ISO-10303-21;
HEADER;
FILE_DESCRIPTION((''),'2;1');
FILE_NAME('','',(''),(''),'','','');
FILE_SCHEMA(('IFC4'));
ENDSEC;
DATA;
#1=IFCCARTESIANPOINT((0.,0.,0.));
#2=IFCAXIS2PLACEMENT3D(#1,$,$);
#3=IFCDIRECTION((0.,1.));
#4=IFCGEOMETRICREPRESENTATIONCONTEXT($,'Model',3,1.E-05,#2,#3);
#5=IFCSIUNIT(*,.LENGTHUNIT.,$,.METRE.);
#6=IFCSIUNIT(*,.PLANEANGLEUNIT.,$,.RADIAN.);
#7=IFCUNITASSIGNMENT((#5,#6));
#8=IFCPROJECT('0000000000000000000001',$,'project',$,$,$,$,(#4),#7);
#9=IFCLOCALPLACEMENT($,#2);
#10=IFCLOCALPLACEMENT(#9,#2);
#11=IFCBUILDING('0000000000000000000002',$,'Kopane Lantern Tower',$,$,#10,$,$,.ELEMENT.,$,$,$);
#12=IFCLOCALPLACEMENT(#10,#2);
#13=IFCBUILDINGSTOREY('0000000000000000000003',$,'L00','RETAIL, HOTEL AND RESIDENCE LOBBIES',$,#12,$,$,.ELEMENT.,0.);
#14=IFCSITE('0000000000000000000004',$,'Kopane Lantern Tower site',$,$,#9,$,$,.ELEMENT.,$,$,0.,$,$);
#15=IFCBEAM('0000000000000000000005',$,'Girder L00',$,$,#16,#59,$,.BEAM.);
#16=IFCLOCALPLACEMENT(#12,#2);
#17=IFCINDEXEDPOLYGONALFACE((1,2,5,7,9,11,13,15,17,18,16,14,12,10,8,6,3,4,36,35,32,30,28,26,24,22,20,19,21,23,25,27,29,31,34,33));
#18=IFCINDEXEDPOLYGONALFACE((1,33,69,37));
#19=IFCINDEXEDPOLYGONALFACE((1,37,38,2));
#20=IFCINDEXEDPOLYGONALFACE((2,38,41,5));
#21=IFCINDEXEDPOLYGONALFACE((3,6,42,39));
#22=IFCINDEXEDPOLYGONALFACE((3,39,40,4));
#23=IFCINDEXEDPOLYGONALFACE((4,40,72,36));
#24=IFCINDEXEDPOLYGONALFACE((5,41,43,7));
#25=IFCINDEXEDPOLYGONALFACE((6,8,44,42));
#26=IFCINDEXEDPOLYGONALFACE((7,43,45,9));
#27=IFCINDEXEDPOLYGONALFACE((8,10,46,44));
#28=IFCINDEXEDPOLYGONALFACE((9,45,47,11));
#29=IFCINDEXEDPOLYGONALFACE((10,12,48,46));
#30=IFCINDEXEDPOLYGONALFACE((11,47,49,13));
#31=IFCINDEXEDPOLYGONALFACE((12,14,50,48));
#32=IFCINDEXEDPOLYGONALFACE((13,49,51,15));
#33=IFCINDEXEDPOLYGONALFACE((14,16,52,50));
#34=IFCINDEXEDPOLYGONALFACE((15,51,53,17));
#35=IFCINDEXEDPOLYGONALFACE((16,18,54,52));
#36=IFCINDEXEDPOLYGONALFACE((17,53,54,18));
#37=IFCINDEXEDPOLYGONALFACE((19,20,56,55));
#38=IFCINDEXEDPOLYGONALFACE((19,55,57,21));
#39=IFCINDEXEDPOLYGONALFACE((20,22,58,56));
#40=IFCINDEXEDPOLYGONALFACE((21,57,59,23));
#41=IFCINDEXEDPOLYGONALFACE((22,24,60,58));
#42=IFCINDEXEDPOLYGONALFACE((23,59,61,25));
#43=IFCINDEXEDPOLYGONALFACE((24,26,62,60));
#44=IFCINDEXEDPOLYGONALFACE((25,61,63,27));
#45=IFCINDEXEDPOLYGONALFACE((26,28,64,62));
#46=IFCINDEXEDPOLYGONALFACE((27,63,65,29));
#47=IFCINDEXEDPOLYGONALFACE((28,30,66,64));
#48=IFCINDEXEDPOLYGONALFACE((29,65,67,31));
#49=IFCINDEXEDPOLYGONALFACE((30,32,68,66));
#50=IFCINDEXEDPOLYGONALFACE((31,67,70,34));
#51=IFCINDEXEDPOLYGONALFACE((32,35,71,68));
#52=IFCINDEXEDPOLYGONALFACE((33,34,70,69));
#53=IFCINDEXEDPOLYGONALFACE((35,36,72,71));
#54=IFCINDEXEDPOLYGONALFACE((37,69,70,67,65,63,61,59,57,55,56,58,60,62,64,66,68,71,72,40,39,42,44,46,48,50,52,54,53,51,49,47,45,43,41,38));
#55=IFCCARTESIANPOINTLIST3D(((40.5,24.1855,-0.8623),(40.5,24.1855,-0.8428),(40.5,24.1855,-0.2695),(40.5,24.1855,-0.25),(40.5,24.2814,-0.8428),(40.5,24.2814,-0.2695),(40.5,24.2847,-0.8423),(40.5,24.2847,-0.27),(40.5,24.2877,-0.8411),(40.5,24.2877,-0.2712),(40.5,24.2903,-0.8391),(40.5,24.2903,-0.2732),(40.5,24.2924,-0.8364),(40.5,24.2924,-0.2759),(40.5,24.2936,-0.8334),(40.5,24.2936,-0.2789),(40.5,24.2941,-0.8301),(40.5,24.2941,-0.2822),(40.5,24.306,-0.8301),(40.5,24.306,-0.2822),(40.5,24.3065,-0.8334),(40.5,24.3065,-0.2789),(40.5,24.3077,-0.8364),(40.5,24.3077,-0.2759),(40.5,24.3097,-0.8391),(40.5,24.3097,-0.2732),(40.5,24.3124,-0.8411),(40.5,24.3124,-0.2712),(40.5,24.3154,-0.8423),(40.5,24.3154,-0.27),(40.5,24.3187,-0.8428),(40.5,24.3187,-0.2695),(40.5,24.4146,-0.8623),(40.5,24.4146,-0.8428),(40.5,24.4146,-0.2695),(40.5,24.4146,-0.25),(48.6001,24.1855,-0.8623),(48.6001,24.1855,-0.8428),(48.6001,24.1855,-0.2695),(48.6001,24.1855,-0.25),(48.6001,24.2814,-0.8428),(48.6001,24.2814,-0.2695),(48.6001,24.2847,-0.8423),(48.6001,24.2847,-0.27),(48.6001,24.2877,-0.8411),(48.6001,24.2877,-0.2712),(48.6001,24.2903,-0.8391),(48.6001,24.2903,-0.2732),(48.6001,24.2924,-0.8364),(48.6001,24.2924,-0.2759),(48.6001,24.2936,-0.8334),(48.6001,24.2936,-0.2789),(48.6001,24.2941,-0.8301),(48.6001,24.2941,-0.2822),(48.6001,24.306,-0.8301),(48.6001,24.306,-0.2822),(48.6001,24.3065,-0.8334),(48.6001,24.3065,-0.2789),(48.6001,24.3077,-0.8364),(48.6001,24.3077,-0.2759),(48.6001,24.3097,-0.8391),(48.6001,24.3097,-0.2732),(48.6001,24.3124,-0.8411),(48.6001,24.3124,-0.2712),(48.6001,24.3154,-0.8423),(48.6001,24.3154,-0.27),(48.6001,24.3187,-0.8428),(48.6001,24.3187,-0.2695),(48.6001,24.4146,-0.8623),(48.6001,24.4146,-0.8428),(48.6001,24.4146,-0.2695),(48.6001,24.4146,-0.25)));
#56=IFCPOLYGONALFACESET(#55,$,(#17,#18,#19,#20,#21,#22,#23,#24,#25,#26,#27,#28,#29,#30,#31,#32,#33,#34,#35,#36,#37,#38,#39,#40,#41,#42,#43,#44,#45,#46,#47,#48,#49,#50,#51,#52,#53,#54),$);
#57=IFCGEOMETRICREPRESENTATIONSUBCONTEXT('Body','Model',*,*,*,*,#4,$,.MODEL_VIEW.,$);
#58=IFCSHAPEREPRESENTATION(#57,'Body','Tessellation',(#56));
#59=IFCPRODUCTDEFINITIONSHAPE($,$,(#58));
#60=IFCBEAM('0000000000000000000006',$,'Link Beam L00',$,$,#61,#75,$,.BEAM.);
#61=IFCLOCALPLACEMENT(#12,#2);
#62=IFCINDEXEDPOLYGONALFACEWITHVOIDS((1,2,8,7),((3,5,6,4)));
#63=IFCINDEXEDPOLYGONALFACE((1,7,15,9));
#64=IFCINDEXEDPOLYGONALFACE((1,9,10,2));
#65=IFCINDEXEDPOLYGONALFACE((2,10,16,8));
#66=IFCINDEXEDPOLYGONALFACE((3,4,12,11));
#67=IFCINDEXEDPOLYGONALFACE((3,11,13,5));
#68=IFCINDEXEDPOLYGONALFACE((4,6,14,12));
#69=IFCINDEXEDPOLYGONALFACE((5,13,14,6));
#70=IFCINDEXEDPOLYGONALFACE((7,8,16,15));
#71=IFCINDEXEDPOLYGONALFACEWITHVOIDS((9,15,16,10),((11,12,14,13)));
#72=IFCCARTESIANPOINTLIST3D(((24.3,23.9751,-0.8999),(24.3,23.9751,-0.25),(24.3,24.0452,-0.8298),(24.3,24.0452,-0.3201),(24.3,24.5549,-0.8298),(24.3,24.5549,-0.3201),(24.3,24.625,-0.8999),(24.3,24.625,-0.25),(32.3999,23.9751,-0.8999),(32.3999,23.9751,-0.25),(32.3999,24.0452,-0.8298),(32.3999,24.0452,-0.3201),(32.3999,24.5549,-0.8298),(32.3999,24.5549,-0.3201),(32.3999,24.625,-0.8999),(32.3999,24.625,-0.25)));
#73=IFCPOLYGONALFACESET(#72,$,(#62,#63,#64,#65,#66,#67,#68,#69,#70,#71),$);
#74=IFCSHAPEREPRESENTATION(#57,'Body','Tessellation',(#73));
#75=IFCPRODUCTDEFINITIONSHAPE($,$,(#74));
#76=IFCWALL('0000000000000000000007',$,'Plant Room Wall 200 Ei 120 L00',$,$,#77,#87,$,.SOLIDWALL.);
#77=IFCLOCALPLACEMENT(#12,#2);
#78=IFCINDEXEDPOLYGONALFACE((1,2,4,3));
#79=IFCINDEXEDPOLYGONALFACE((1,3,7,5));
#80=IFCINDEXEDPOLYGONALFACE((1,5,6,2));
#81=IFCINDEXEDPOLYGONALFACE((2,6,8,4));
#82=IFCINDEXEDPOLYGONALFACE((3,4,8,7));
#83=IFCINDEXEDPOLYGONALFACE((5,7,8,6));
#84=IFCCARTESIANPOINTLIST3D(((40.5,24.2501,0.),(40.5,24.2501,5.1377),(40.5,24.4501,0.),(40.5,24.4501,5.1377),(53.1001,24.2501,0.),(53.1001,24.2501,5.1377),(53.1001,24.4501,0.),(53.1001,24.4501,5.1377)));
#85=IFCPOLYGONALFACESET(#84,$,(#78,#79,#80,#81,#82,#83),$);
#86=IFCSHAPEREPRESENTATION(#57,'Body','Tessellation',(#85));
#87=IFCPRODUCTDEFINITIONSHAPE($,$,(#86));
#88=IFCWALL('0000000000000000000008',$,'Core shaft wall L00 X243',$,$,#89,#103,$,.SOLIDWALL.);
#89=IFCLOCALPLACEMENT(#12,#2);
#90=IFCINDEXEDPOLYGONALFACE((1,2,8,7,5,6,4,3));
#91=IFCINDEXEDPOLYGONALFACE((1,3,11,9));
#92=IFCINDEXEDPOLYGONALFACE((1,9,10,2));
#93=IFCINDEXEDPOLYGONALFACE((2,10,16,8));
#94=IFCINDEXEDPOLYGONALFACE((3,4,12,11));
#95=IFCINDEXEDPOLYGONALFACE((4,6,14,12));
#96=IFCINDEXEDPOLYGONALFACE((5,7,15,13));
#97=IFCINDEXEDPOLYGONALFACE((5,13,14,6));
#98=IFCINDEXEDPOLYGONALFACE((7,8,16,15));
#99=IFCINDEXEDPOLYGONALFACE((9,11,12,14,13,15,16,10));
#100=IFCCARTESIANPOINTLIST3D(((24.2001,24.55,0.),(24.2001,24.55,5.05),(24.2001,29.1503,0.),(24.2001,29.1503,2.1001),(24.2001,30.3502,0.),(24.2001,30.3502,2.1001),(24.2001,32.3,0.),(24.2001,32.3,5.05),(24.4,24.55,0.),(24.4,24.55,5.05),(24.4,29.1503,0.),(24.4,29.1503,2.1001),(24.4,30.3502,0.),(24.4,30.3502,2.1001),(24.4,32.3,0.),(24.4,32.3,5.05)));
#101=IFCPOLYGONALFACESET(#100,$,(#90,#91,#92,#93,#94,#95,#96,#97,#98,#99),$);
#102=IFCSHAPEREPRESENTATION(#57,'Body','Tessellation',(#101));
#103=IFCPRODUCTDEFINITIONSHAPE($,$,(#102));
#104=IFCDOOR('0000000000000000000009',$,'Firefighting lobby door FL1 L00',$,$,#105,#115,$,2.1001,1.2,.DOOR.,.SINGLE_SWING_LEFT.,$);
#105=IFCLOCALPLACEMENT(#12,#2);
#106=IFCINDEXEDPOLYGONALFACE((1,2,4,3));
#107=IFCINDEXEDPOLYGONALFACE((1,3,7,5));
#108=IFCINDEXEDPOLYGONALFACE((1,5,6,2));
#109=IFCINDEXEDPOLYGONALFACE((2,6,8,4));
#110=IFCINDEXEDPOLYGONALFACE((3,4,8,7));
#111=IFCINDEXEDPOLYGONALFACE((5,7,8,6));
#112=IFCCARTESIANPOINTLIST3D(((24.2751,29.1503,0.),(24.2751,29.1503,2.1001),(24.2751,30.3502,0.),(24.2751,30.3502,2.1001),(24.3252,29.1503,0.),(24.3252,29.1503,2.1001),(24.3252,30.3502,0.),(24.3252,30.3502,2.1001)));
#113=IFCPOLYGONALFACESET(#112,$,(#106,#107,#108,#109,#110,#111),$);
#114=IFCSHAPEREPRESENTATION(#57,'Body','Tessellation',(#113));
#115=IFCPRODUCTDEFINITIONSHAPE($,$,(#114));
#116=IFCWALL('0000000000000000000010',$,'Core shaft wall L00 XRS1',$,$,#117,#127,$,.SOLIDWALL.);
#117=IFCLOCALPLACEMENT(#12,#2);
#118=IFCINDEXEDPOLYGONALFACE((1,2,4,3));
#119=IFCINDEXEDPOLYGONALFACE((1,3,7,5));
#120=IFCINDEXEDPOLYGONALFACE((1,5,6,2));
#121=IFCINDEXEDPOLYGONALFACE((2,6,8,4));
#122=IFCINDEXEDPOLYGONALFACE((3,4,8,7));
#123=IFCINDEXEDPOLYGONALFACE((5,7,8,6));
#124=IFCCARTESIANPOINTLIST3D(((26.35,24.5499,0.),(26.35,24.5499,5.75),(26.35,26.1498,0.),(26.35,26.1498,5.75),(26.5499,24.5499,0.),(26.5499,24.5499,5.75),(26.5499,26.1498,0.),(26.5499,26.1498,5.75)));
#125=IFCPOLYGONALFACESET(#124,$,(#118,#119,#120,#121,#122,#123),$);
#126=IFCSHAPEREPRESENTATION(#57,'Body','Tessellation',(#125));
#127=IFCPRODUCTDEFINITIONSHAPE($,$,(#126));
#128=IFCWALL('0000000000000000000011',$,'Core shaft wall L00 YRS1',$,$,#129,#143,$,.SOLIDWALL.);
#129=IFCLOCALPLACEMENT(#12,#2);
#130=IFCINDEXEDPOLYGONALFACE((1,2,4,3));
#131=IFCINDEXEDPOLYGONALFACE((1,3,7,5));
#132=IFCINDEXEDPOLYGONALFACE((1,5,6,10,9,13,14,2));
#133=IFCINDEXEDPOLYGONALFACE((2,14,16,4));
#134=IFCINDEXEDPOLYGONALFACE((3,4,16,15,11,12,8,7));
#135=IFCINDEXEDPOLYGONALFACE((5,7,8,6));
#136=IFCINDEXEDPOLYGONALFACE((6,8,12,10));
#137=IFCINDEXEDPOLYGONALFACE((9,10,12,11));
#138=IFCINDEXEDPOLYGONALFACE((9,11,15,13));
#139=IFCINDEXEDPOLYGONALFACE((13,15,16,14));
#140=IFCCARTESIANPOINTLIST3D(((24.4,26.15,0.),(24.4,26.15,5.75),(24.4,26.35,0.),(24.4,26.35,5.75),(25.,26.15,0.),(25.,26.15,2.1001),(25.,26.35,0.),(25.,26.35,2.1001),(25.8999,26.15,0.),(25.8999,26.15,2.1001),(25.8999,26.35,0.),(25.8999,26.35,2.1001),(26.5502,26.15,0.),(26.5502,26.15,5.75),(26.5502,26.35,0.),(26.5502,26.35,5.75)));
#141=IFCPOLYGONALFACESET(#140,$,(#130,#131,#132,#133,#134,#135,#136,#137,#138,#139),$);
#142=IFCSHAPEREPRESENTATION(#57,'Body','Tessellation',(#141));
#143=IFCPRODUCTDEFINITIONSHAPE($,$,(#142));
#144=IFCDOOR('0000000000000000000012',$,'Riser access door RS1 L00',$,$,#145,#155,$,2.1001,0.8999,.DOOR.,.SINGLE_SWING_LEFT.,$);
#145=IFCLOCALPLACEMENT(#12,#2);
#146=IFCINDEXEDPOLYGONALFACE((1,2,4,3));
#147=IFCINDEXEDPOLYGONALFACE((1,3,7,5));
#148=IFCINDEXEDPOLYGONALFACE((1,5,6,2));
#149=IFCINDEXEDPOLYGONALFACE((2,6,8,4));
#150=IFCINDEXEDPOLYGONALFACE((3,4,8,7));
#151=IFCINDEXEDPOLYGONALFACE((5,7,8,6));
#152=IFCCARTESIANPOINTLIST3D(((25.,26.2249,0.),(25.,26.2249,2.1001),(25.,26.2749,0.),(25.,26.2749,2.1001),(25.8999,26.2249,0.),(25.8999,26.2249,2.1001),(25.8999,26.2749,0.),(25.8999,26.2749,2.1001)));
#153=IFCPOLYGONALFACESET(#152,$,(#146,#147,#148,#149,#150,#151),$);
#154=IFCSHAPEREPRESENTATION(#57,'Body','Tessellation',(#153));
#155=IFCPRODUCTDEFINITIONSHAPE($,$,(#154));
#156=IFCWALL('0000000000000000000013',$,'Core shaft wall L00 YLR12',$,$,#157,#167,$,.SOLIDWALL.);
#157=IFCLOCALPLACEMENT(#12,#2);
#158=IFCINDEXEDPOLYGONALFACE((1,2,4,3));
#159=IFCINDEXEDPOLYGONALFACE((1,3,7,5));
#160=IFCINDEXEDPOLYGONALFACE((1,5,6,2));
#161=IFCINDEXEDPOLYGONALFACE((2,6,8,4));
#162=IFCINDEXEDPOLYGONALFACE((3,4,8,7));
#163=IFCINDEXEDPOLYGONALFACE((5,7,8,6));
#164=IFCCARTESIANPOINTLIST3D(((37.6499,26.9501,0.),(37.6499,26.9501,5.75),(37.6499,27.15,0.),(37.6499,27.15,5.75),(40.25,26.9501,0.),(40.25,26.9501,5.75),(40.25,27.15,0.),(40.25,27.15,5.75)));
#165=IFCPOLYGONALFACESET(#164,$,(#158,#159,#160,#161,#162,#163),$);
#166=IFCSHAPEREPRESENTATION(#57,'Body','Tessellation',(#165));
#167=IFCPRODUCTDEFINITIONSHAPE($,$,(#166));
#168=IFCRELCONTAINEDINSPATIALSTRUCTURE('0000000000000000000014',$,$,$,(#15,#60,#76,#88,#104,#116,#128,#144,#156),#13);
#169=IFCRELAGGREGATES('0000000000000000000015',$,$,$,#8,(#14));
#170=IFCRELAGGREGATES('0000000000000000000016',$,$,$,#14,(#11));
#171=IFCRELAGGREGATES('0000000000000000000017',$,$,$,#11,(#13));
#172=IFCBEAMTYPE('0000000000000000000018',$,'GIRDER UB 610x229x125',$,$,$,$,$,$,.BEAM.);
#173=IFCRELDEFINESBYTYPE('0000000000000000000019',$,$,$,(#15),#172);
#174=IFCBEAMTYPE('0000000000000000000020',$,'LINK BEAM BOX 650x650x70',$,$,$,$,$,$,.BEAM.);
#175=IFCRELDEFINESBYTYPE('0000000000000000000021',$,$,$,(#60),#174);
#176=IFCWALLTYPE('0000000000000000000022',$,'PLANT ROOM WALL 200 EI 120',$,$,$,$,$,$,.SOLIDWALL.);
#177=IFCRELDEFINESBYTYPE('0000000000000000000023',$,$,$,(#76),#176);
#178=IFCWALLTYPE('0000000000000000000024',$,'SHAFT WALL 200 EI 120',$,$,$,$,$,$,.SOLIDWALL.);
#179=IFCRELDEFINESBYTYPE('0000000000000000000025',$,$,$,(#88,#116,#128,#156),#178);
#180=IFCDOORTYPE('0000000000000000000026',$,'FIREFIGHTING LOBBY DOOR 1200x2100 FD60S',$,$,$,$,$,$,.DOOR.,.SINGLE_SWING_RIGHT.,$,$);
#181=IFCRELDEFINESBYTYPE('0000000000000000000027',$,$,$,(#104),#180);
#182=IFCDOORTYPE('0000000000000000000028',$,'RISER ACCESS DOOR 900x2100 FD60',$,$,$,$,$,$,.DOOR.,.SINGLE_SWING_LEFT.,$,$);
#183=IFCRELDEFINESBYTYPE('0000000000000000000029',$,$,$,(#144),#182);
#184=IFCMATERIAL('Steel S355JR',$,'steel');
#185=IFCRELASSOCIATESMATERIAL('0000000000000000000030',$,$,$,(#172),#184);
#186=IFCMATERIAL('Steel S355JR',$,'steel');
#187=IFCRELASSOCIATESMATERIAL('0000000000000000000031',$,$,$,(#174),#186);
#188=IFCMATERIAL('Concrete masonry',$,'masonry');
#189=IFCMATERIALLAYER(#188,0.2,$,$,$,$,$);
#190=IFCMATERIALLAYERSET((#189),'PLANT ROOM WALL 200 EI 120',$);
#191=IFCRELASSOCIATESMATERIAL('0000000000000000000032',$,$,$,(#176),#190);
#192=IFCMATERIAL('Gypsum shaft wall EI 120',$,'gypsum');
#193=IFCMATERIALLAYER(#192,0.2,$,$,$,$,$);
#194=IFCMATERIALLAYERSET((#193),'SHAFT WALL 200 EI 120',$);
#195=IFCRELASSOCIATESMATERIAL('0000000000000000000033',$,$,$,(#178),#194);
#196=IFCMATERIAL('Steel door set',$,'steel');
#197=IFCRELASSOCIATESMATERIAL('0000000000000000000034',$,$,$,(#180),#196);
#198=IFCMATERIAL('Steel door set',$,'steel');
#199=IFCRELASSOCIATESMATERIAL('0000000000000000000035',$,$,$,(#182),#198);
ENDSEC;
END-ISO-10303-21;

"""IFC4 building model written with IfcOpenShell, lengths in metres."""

from ifc_helpers import new_model, si_unit, direction, frame, frame_2d, origin, origin_2d, place, context, subcontext, project, spatial, rectangle, hollow_rectangle, i_section, extrude, material, layer, layer_set, material_profile, profile_set, type_object, element, fill, save


model = new_model("IFC4")

# Units and contexts
model_context = context("Model", 3, precision=1e-05, world=origin(), true_north=direction((0.0, 1.0)))
body_context = subcontext(model_context, "Body", "Model", "MODEL_VIEW")
ifc_project = project(units=[si_unit("LENGTHUNIT", "METRE"), si_unit("PLANEANGLEUNIT", "RADIAN")], contexts=[model_context])

# Site, building, storey
site_placement = place(None, origin())
site = spatial("IfcSite", under=ifc_project, at=site_placement, Name="Kopane Lantern Tower site", CompositionType="ELEMENT", RefElevation=0.0)
building_placement = place(site_placement, origin())
building = spatial("IfcBuilding", under=site, at=building_placement, Name="Kopane Lantern Tower", CompositionType="ELEMENT")
storey_placement = place(building_placement, origin())
storey = spatial("IfcBuildingStorey", under=building, at=storey_placement, Name="L00", Description="RETAIL, HOTEL AND RESIDENCE LOBBIES", CompositionType="ELEMENT", Elevation=0.0)

# Beams
ifc_material_1 = material(Name="Steel S355JR", Category="steel")
ifc_material_profile_1 = material_profile(ifc_material_1, i_section(OverallWidth=0.229, OverallDepth=0.6123, WebThickness=0.012, FlangeThickness=0.0195, FilletRadius=0.0127, at=origin_2d()), Name="UB 610x229x125")
ifc_profile_set_1 = profile_set([ifc_material_profile_1], Name="Steel S355JR")
beam_type_1 = type_object("IfcBeamType", Name="GIRDER UB 610x229x125", PredefinedType="BEAM", material=ifc_profile_set_1)
beam_1_placement = place(storey_placement, frame((40.5, 24.3, -0.5562), z_axis=(1.0, 0.0, 0.0), x_axis=(0.0, 1.0, 0.0)))
element("IfcBeam", 1, at=beam_1_placement, inside=storey, type_object=beam_type_1, Name="Girder L00", PredefinedType="BEAM", context=body_context, shape_type="SweptSolid", body=[
    extrude(i_section(OverallWidth=0.229, OverallDepth=0.6123, WebThickness=0.012, FlangeThickness=0.0195, FilletRadius=0.0127, at=origin_2d()), origin(), (0.0, 0.0, 1.0), 8.1001),
])
ifc_material_2 = material(Name="Steel S355JR", Category="steel")
ifc_material_profile_2 = material_profile(ifc_material_2, hollow_rectangle(XDim=0.6499, YDim=0.6499, WallThickness=0.0701, at=origin_2d()), Name="BOX 650x650x70")
ifc_profile_set_2 = profile_set([ifc_material_profile_2], Name="Steel S355JR")
beam_type_2 = type_object("IfcBeamType", Name="LINK BEAM BOX 650x650x70", PredefinedType="BEAM", material=ifc_profile_set_2)
beam_2_placement = place(storey_placement, frame((24.3, 24.3, -0.575), z_axis=(1.0, 0.0, 0.0), x_axis=(0.0, 1.0, 0.0)))
element("IfcBeam", 2, at=beam_2_placement, inside=storey, type_object=beam_type_2, Name="Link Beam L00", PredefinedType="BEAM", context=body_context, shape_type="SweptSolid", body=[
    extrude(hollow_rectangle(XDim=0.6499, YDim=0.6499, WallThickness=0.0701, at=origin_2d()), origin(), (0.0, 0.0, 1.0), 8.0999),
])

# Wall
ifc_material_3 = material(Name="Concrete masonry", Category="masonry")
ifc_layer_1 = layer(ifc_material_3, 0.2)
ifc_layer_set_1 = layer_set([ifc_layer_1], Name="PLANT ROOM WALL 200 EI 120")
wall_type_1 = type_object("IfcWallType", Name="PLANT ROOM WALL 200 EI 120", PredefinedType="SOLIDWALL", material=ifc_layer_set_1)
wall_1_placement = place(storey_placement, frame((40.5, 24.3501, 0.0), z_axis=(0.0, 0.0, 1.0), x_axis=(1.0, 0.0, 0.0)))
element("IfcWall", 3, at=wall_1_placement, inside=storey, type_object=wall_type_1, Name="Plant Room Wall 200 Ei 120 L00", PredefinedType="SOLIDWALL", context=body_context, shape_type="SweptSolid", body=[
    extrude(rectangle(XDim=12.6001, YDim=0.2, at=frame_2d((6.3, 0.0))), origin(), (0.0, 0.0, 1.0), 5.1377),
])

# Wall, opening, door
ifc_material_4 = material(Name="Gypsum shaft wall EI 120", Category="gypsum")
ifc_layer_2 = layer(ifc_material_4, 0.2)
ifc_layer_set_2 = layer_set([ifc_layer_2], Name="SHAFT WALL 200 EI 120")
wall_type_2 = type_object("IfcWallType", Name="SHAFT WALL 200 EI 120", PredefinedType="SOLIDWALL", material=ifc_layer_set_2)
wall_2_placement = place(storey_placement, frame((24.3, 24.55, 0.0), z_axis=(0.0, 0.0, 1.0), x_axis=(0.0, 1.0, 0.0)))
wall_2 = element("IfcWall", 4, at=wall_2_placement, inside=storey, type_object=wall_type_2, Name="Core shaft wall L00 X243", PredefinedType="SOLIDWALL", context=body_context, shape_type="SweptSolid", body=[
    extrude(rectangle(XDim=7.75, YDim=0.2, at=frame_2d((3.875, 0.0))), origin(), (0.0, 0.0, 1.0), 5.05),
])
opening_1_placement = place(wall_2_placement, frame((4.6001, 0.0, 0.0)))
opening_1 = element("IfcOpeningElement", 5, at=opening_1_placement, cuts=wall_2, PredefinedType="OPENING", context=body_context, shape_type="SweptSolid", body=[
    extrude(rectangle(XDim=1.2, YDim=2.1001, at=frame_2d((0.6001, 1.05))), frame((0.0, 0.1099, 0.0), z_axis=(0.0, -1.0, 0.0), x_axis=(1.0, 0.0, 0.0)), (0.0, 0.0, 1.0), 0.22),
])
ifc_material_5 = material(Name="Steel door set", Category="steel")
door_type_1 = type_object("IfcDoorType", Name="FIREFIGHTING LOBBY DOOR 1200x2100 FD60S", OperationType="SINGLE_SWING_RIGHT", PredefinedType="DOOR", material=ifc_material_5)
door_1_placement = place(opening_1_placement, origin())
door_1 = element("IfcDoor", 6, at=door_1_placement, inside=storey, type_object=door_type_1, Name="Firefighting lobby door FL1 L00", OperationType="SINGLE_SWING_LEFT", OverallHeight=2.1001, OverallWidth=1.2, PredefinedType="DOOR", context=body_context, shape_type="SweptSolid", body=[
    extrude(rectangle(XDim=1.2, YDim=2.1001, at=frame_2d((0.6001, 1.05))), frame((0.0, 0.0249, 0.0), z_axis=(0.0, -1.0, 0.0), x_axis=(1.0, 0.0, 0.0)), (0.0, 0.0, 1.0), 0.05),
])
fill(opening_1, door_1)

# Wall
wall_3_placement = place(storey_placement, frame((26.45, 24.55, 0.0), z_axis=(0.0, 0.0, 1.0), x_axis=(0.0, 1.0, 0.0)))
element("IfcWall", 7, at=wall_3_placement, inside=storey, type_object=wall_type_2, Name="Core shaft wall L00 XRS1", PredefinedType="SOLIDWALL", context=body_context, shape_type="SweptSolid", body=[
    extrude(rectangle(XDim=1.5999, YDim=0.2, at=frame_2d((0.7998, 0.0))), origin(), (0.0, 0.0, 1.0), 5.75),
])

# Wall, opening, door
wall_4_placement = place(storey_placement, frame((24.3999, 26.25, 0.0), z_axis=(0.0, 0.0, 1.0), x_axis=(1.0, 0.0, 0.0)))
wall_4 = element("IfcWall", 8, at=wall_4_placement, inside=storey, type_object=wall_type_2, Name="Core shaft wall L00 YRS1", PredefinedType="SOLIDWALL", context=body_context, shape_type="SweptSolid", body=[
    extrude(rectangle(XDim=2.1501, YDim=0.2, at=frame_2d((1.0752, 0.0))), origin(), (0.0, 0.0, 1.0), 5.75),
])
opening_2_placement = place(wall_4_placement, frame((0.6001, 0.0, 0.0)))
opening_2 = element("IfcOpeningElement", 9, at=opening_2_placement, cuts=wall_4, PredefinedType="OPENING", context=body_context, shape_type="SweptSolid", body=[
    extrude(rectangle(XDim=0.8999, YDim=2.1001, at=frame_2d((0.45, 1.05))), frame((0.0, 0.1099, 0.0), z_axis=(0.0, -1.0, 0.0), x_axis=(1.0, 0.0, 0.0)), (0.0, 0.0, 1.0), 0.22),
])
ifc_material_6 = material(Name="Steel door set", Category="steel")
door_type_2 = type_object("IfcDoorType", Name="RISER ACCESS DOOR 900x2100 FD60", OperationType="SINGLE_SWING_LEFT", PredefinedType="DOOR", material=ifc_material_6)
door_2_placement = place(opening_2_placement, origin())
door_2 = element("IfcDoor", 10, at=door_2_placement, inside=storey, type_object=door_type_2, Name="Riser access door RS1 L00", OperationType="SINGLE_SWING_LEFT", OverallHeight=2.1001, OverallWidth=0.8999, PredefinedType="DOOR", context=body_context, shape_type="SweptSolid", body=[
    extrude(rectangle(XDim=0.8999, YDim=2.1001, at=frame_2d((0.45, 1.05))), frame((0.0, 0.0249, 0.0), z_axis=(0.0, -1.0, 0.0), x_axis=(1.0, 0.0, 0.0)), (0.0, 0.0, 1.0), 0.05),
])
fill(opening_2, door_2)

# Wall
wall_5_placement = place(storey_placement, frame((37.6499, 27.05, 0.0), z_axis=(0.0, 0.0, 1.0), x_axis=(1.0, 0.0, 0.0)))
element("IfcWall", 11, at=wall_5_placement, inside=storey, type_object=wall_type_2, Name="Core shaft wall L00 YLR12", PredefinedType="SOLIDWALL", context=body_context, shape_type="SweptSolid", body=[
    extrude(rectangle(XDim=2.6001, YDim=0.2, at=frame_2d((1.3, 0.0))), origin(), (0.0, 0.0, 1.0), 5.75),
])

save(model, "model.ifc")
